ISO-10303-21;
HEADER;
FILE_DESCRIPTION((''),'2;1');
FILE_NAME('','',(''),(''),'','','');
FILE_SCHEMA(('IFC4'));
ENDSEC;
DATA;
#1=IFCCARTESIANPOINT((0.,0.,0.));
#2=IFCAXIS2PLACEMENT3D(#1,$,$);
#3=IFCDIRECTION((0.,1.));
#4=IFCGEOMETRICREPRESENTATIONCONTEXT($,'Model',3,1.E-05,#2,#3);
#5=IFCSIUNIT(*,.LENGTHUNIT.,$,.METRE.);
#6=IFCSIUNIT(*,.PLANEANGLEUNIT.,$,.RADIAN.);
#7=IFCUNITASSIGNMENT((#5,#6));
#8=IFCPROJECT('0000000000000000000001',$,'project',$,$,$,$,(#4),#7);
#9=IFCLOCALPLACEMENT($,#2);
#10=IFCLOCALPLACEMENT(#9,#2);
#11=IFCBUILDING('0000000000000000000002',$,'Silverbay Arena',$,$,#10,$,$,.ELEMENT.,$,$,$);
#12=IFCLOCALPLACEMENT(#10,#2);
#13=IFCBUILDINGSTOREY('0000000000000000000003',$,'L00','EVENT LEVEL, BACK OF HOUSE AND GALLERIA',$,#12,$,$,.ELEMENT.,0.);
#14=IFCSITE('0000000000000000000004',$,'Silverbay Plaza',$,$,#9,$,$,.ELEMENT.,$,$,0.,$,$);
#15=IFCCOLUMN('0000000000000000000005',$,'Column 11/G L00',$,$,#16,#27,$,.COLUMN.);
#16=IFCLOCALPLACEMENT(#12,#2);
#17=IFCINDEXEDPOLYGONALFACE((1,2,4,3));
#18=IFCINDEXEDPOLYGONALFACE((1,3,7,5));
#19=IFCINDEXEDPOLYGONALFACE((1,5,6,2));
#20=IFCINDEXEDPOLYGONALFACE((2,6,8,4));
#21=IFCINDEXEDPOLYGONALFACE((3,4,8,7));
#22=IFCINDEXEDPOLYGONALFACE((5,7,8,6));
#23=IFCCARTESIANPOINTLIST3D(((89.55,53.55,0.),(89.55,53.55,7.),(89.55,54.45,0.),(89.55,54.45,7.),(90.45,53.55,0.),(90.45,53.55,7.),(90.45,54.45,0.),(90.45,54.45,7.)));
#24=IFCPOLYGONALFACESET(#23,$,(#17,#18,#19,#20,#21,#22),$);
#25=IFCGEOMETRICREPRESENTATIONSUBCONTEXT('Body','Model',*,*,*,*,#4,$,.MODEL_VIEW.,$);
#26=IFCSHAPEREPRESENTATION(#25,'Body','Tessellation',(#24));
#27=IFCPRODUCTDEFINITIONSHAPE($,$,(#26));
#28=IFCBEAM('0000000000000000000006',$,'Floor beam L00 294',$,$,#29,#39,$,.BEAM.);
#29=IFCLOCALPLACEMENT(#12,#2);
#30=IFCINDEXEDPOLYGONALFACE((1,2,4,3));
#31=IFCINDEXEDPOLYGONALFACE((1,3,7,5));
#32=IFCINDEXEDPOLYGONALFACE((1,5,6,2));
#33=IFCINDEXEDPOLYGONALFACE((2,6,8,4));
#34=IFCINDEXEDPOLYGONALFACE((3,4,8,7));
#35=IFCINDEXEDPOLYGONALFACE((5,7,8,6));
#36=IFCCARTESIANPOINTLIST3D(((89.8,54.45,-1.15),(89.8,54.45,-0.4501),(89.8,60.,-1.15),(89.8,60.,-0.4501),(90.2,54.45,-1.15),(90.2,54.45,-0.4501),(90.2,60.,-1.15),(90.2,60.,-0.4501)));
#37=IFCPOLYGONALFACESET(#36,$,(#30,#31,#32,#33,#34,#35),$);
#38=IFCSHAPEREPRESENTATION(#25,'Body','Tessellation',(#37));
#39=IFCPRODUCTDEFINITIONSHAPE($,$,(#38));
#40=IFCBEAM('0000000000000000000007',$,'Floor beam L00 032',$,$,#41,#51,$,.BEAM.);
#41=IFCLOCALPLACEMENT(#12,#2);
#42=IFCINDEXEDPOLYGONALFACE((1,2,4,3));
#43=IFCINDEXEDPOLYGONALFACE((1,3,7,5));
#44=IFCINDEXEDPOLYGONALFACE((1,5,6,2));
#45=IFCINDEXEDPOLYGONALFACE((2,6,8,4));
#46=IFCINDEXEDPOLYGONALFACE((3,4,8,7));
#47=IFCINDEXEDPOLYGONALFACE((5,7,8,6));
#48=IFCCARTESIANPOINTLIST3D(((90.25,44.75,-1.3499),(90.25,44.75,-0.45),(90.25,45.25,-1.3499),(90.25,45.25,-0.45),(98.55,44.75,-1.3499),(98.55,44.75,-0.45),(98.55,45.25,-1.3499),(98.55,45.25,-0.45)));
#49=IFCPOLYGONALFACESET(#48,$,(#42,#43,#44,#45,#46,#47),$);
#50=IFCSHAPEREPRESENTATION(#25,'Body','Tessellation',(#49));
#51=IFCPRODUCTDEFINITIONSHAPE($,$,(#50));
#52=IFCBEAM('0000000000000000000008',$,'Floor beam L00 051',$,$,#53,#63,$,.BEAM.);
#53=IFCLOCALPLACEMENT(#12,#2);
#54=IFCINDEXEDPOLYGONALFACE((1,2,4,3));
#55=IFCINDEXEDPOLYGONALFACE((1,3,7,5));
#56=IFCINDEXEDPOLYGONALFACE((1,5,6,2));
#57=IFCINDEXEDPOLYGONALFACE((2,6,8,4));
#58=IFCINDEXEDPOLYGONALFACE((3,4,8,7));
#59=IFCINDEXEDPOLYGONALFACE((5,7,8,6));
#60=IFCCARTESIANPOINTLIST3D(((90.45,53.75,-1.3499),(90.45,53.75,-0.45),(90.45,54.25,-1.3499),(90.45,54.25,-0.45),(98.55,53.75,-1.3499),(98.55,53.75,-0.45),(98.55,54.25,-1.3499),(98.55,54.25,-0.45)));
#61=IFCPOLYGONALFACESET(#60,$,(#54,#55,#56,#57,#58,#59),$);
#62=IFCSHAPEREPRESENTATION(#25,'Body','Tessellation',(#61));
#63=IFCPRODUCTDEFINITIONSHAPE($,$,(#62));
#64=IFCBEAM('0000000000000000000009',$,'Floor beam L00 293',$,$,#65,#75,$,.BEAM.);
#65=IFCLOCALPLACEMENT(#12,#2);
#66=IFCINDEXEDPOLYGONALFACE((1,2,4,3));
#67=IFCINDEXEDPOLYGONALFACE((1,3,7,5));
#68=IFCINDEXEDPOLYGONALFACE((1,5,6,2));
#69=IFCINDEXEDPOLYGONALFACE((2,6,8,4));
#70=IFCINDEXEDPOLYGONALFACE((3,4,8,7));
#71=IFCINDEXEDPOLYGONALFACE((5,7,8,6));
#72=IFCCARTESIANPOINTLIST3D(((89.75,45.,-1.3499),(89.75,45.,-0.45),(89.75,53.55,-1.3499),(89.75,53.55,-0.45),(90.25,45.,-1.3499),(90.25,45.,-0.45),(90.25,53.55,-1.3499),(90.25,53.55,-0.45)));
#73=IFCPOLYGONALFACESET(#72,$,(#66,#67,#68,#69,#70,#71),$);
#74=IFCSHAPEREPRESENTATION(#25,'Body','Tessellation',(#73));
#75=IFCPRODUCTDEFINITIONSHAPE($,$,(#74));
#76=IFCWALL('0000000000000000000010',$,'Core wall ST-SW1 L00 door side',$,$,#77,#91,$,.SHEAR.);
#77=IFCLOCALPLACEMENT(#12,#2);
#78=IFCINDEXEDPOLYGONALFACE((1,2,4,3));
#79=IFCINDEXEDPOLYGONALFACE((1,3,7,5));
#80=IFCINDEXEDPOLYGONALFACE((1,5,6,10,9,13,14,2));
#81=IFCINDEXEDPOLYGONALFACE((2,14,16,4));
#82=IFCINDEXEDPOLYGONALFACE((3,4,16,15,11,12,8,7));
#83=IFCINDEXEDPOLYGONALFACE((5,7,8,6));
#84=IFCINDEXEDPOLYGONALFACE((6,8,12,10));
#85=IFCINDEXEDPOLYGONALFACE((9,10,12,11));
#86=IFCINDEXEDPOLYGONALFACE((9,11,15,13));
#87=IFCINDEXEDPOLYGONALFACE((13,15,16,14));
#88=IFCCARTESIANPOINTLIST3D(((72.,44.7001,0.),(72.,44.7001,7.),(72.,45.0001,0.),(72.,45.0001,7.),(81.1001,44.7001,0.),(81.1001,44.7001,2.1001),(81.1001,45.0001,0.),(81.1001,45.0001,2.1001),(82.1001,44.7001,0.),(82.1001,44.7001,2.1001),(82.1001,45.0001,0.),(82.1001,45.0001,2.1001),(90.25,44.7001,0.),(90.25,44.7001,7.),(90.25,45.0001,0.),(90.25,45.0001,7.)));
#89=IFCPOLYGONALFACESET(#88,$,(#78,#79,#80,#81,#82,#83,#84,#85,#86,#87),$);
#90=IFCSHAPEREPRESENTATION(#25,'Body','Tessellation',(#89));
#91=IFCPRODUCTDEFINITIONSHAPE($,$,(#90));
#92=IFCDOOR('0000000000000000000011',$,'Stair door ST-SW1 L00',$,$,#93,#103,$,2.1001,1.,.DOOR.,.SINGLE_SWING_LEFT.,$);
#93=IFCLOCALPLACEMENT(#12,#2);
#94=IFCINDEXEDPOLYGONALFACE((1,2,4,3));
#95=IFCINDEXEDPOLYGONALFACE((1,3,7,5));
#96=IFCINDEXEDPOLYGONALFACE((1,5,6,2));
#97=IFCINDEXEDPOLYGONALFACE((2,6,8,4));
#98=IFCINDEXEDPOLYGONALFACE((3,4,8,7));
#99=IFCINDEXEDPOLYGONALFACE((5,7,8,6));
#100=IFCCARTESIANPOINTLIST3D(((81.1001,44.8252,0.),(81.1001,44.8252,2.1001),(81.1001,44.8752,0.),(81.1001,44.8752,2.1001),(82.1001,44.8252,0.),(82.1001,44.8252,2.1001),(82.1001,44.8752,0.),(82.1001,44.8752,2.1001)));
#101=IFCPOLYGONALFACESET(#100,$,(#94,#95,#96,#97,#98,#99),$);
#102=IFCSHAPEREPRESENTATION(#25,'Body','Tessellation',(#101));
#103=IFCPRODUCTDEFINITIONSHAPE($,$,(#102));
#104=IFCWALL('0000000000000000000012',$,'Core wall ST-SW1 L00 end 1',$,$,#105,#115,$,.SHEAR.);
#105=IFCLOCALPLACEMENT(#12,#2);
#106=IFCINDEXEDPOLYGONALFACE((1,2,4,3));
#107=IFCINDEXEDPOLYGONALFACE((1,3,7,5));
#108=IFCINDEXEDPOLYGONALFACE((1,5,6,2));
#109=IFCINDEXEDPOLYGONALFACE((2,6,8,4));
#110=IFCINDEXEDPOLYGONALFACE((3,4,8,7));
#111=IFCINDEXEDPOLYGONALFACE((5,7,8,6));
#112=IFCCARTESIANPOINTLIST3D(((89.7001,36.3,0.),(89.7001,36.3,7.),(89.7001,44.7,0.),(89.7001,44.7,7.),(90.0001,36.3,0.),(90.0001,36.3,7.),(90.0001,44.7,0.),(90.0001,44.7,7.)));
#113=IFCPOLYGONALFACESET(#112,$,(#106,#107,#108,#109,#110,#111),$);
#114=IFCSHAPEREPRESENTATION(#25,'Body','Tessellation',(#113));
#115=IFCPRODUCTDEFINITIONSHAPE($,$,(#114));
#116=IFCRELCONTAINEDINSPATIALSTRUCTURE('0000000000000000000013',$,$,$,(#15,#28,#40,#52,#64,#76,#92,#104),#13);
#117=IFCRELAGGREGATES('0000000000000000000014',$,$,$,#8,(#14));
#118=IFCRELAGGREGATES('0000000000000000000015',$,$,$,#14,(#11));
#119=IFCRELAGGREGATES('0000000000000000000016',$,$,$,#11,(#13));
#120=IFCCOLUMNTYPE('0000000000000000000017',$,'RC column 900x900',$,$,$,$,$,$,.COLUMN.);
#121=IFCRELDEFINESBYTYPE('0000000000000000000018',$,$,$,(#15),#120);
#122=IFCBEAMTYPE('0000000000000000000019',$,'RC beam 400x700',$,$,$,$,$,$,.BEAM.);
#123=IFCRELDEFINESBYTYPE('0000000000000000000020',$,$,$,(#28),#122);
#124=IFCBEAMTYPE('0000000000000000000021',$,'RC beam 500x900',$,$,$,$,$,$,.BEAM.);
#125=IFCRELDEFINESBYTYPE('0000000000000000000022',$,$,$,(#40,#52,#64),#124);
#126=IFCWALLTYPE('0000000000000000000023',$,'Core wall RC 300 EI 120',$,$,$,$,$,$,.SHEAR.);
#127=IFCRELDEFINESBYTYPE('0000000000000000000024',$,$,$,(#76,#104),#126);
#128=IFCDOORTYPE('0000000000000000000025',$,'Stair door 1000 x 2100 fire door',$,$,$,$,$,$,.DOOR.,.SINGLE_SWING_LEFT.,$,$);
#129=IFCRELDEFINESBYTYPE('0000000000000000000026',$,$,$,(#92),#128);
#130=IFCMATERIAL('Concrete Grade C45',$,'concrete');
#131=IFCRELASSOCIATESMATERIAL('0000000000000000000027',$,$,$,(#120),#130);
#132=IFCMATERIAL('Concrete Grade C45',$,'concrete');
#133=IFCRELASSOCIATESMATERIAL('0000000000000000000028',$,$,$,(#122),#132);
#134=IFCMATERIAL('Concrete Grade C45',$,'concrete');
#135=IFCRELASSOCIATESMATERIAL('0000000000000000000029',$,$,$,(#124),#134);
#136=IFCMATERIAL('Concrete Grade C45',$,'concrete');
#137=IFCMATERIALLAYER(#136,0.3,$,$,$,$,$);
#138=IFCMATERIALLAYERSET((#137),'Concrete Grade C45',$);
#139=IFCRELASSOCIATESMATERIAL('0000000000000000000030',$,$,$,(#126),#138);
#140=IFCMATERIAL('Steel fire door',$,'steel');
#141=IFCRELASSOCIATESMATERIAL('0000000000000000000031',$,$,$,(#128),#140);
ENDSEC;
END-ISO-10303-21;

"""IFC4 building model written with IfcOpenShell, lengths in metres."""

from ifc_helpers import new_model, si_unit, direction, frame, frame_2d, origin, origin_2d, place, context, subcontext, project, spatial, rectangle, extrude, material, layer, layer_set, material_profile, profile_set, type_object, element, fill, save


model = new_model("IFC4")

# Units and contexts
model_context = context("Model", 3, precision=1e-05, world=origin(), true_north=direction((0.0, 1.0)))
body_context = subcontext(model_context, "Body", "Model", "MODEL_VIEW")
ifc_project = project(units=[si_unit("LENGTHUNIT", "METRE"), si_unit("PLANEANGLEUNIT", "RADIAN")], contexts=[model_context])

# Site, building, storey
site_placement = place(None, origin())
site = spatial("IfcSite", under=ifc_project, at=site_placement, Name="Silverbay Plaza", CompositionType="ELEMENT", RefElevation=0.0)
building_placement = place(site_placement, origin())
building = spatial("IfcBuilding", under=site, at=building_placement, Name="Silverbay Arena", CompositionType="ELEMENT")
storey_placement = place(building_placement, origin())
storey = spatial("IfcBuildingStorey", under=building, at=storey_placement, Name="L00", Description="EVENT LEVEL, BACK OF HOUSE AND GALLERIA", CompositionType="ELEMENT", Elevation=0.0)

# Column
ifc_material_1 = material(Name="Concrete Grade C45", Category="concrete")
ifc_material_profile_1 = material_profile(ifc_material_1, rectangle(XDim=0.8999, YDim=0.8999, at=origin_2d()), Name="RC 900x900")
ifc_profile_set_1 = profile_set([ifc_material_profile_1], Name="Concrete Grade C45")
column_type = type_object("IfcColumnType", Name="RC column 900x900", PredefinedType="COLUMN", material=ifc_profile_set_1)
column_placement = place(storey_placement, frame((90.0, 54.0, 0.0), z_axis=(0.0, 0.0, 1.0), x_axis=(1.0, 0.0, 0.0)))
element("IfcColumn", 1, at=column_placement, inside=storey, type_object=column_type, Name="Column 11/G L00", PredefinedType="COLUMN", context=body_context, shape_type="SweptSolid", body=[
    extrude(rectangle(XDim=0.8999, YDim=0.8999, at=origin_2d()), origin(), (0.0, 0.0, 1.0), 7.0),
])

# Beams
ifc_material_2 = material(Name="Concrete Grade C45", Category="concrete")
ifc_material_profile_2 = material_profile(ifc_material_2, rectangle(XDim=0.3999, YDim=0.7, at=origin_2d()), Name="RC 400x700")
ifc_profile_set_2 = profile_set([ifc_material_profile_2], Name="Concrete Grade C45")
beam_type_1 = type_object("IfcBeamType", Name="RC beam 400x700", PredefinedType="BEAM", material=ifc_profile_set_2)
beam_1_placement = place(storey_placement, frame((90.0, 54.45, -0.8), z_axis=(0.0, 1.0, 0.0), x_axis=(-1.0, 0.0, 0.0)))
element("IfcBeam", 2, at=beam_1_placement, inside=storey, type_object=beam_type_1, Name="Floor beam L00 294", PredefinedType="BEAM", context=body_context, shape_type="SweptSolid", body=[
    extrude(rectangle(XDim=0.3999, YDim=0.7, at=origin_2d()), origin(), (0.0, 0.0, 1.0), 5.55),
])
ifc_material_3 = material(Name="Concrete Grade C45", Category="concrete")
ifc_material_profile_3 = material_profile(ifc_material_3, rectangle(XDim=0.5, YDim=0.8999, at=origin_2d()), Name="RC 500x900")
ifc_profile_set_3 = profile_set([ifc_material_profile_3], Name="Concrete Grade C45")
beam_type_2 = type_object("IfcBeamType", Name="RC beam 500x900", PredefinedType="BEAM", material=ifc_profile_set_3)
beam_2_placement = place(storey_placement, frame((90.25, 45.0, -0.8999), z_axis=(1.0, 0.0, 0.0), x_axis=(0.0, 1.0, 0.0)))
element("IfcBeam", 3, at=beam_2_placement, inside=storey, type_object=beam_type_2, Name="Floor beam L00 032", PredefinedType="BEAM", context=body_context, shape_type="SweptSolid", body=[
    extrude(rectangle(XDim=0.5, YDim=0.8999, at=origin_2d()), origin(), (0.0, 0.0, 1.0), 8.3),
])
beam_3_placement = place(storey_placement, frame((90.45, 54.0, -0.8999), z_axis=(1.0, 0.0, 0.0), x_axis=(0.0, 1.0, 0.0)))
element("IfcBeam", 4, at=beam_3_placement, inside=storey, type_object=beam_type_2, Name="Floor beam L00 051", PredefinedType="BEAM", context=body_context, shape_type="SweptSolid", body=[
    extrude(rectangle(XDim=0.5, YDim=0.8999, at=origin_2d()), origin(), (0.0, 0.0, 1.0), 8.1001),
])
beam_4_placement = place(storey_placement, frame((90.0, 45.0, -0.8999), z_axis=(0.0, 1.0, 0.0), x_axis=(-1.0, 0.0, 0.0)))
element("IfcBeam", 5, at=beam_4_placement, inside=storey, type_object=beam_type_2, Name="Floor beam L00 293", PredefinedType="BEAM", context=body_context, shape_type="SweptSolid", body=[
    extrude(rectangle(XDim=0.5, YDim=0.8999, at=origin_2d()), origin(), (0.0, 0.0, 1.0), 8.55),
])

# Wall, opening, door
ifc_material_4 = material(Name="Concrete Grade C45", Category="concrete")
ifc_layer_1 = layer(ifc_material_4, 0.3)
ifc_layer_set_1 = layer_set([ifc_layer_1], Name="Concrete Grade C45")
wall_type_1 = type_object("IfcWallType", Name="Core wall RC 300 EI 120", PredefinedType="SHEAR", material=ifc_layer_set_1)
wall_1_placement = place(storey_placement, frame((90.25, 44.8501, 0.0), z_axis=(0.0, 0.0, 1.0), x_axis=(-1.0, 0.0, 0.0)))
wall_1 = element("IfcWall", 6, at=wall_1_placement, inside=storey, type_object=wall_type_1, Name="Core wall ST-SW1 L00 door side", PredefinedType="SHEAR", context=body_context, shape_type="SweptSolid", body=[
    extrude(rectangle(XDim=18.25, YDim=0.3, at=frame_2d((9.125, 0.0))), origin(), (0.0, 0.0, 1.0), 7.0),
])
opening_1_placement = place(wall_1_placement, frame((8.1499, 0.0, 0.0)))
opening_1 = element("IfcOpeningElement", 7, at=opening_1_placement, cuts=wall_1, PredefinedType="OPENING", context=body_context, shape_type="SweptSolid", body=[
    extrude(rectangle(XDim=1.0, YDim=2.1001, at=frame_2d((0.5, 1.05))), frame((0.0, 0.1602, 0.0), z_axis=(0.0, -1.0, 0.0), x_axis=(1.0, 0.0, 0.0)), (0.0, 0.0, 1.0), 0.3201),
])
ifc_material_5 = material(Name="Steel fire door", Category="steel")
door_type_1 = type_object("IfcDoorType", Name="Stair door 1000 x 2100 fire door", OperationType="SINGLE_SWING_LEFT", PredefinedType="DOOR", material=ifc_material_5)
door_1_placement = place(opening_1_placement, origin())
door_1 = element("IfcDoor", 8, at=door_1_placement, inside=storey, type_object=door_type_1, Name="Stair door ST-SW1 L00", OperationType="SINGLE_SWING_LEFT", OverallHeight=2.1001, OverallWidth=1.0, PredefinedType="DOOR", context=body_context, shape_type="SweptSolid", body=[
    extrude(rectangle(XDim=1.0, YDim=2.1001, at=frame_2d((0.5, 1.05))), frame((0.0, 0.0249, 0.0), z_axis=(0.0, -1.0, 0.0), x_axis=(1.0, 0.0, 0.0)), (0.0, 0.0, 1.0), 0.05),
])
fill(opening_1, door_1)

# Wall
wall_2_placement = place(storey_placement, frame((89.8501, 44.7, 0.0), z_axis=(0.0, 0.0, 1.0), x_axis=(0.0, -1.0, 0.0)))
element("IfcWall", 9, at=wall_2_placement, inside=storey, type_object=wall_type_1, Name="Core wall ST-SW1 L00 end 1", PredefinedType="SHEAR", context=body_context, shape_type="SweptSolid", body=[
    extrude(rectangle(XDim=8.3999, YDim=0.3, at=frame_2d((4.2, 0.0))), origin(), (0.0, 0.0, 1.0), 7.0),
])

save(model, "model.ifc")
